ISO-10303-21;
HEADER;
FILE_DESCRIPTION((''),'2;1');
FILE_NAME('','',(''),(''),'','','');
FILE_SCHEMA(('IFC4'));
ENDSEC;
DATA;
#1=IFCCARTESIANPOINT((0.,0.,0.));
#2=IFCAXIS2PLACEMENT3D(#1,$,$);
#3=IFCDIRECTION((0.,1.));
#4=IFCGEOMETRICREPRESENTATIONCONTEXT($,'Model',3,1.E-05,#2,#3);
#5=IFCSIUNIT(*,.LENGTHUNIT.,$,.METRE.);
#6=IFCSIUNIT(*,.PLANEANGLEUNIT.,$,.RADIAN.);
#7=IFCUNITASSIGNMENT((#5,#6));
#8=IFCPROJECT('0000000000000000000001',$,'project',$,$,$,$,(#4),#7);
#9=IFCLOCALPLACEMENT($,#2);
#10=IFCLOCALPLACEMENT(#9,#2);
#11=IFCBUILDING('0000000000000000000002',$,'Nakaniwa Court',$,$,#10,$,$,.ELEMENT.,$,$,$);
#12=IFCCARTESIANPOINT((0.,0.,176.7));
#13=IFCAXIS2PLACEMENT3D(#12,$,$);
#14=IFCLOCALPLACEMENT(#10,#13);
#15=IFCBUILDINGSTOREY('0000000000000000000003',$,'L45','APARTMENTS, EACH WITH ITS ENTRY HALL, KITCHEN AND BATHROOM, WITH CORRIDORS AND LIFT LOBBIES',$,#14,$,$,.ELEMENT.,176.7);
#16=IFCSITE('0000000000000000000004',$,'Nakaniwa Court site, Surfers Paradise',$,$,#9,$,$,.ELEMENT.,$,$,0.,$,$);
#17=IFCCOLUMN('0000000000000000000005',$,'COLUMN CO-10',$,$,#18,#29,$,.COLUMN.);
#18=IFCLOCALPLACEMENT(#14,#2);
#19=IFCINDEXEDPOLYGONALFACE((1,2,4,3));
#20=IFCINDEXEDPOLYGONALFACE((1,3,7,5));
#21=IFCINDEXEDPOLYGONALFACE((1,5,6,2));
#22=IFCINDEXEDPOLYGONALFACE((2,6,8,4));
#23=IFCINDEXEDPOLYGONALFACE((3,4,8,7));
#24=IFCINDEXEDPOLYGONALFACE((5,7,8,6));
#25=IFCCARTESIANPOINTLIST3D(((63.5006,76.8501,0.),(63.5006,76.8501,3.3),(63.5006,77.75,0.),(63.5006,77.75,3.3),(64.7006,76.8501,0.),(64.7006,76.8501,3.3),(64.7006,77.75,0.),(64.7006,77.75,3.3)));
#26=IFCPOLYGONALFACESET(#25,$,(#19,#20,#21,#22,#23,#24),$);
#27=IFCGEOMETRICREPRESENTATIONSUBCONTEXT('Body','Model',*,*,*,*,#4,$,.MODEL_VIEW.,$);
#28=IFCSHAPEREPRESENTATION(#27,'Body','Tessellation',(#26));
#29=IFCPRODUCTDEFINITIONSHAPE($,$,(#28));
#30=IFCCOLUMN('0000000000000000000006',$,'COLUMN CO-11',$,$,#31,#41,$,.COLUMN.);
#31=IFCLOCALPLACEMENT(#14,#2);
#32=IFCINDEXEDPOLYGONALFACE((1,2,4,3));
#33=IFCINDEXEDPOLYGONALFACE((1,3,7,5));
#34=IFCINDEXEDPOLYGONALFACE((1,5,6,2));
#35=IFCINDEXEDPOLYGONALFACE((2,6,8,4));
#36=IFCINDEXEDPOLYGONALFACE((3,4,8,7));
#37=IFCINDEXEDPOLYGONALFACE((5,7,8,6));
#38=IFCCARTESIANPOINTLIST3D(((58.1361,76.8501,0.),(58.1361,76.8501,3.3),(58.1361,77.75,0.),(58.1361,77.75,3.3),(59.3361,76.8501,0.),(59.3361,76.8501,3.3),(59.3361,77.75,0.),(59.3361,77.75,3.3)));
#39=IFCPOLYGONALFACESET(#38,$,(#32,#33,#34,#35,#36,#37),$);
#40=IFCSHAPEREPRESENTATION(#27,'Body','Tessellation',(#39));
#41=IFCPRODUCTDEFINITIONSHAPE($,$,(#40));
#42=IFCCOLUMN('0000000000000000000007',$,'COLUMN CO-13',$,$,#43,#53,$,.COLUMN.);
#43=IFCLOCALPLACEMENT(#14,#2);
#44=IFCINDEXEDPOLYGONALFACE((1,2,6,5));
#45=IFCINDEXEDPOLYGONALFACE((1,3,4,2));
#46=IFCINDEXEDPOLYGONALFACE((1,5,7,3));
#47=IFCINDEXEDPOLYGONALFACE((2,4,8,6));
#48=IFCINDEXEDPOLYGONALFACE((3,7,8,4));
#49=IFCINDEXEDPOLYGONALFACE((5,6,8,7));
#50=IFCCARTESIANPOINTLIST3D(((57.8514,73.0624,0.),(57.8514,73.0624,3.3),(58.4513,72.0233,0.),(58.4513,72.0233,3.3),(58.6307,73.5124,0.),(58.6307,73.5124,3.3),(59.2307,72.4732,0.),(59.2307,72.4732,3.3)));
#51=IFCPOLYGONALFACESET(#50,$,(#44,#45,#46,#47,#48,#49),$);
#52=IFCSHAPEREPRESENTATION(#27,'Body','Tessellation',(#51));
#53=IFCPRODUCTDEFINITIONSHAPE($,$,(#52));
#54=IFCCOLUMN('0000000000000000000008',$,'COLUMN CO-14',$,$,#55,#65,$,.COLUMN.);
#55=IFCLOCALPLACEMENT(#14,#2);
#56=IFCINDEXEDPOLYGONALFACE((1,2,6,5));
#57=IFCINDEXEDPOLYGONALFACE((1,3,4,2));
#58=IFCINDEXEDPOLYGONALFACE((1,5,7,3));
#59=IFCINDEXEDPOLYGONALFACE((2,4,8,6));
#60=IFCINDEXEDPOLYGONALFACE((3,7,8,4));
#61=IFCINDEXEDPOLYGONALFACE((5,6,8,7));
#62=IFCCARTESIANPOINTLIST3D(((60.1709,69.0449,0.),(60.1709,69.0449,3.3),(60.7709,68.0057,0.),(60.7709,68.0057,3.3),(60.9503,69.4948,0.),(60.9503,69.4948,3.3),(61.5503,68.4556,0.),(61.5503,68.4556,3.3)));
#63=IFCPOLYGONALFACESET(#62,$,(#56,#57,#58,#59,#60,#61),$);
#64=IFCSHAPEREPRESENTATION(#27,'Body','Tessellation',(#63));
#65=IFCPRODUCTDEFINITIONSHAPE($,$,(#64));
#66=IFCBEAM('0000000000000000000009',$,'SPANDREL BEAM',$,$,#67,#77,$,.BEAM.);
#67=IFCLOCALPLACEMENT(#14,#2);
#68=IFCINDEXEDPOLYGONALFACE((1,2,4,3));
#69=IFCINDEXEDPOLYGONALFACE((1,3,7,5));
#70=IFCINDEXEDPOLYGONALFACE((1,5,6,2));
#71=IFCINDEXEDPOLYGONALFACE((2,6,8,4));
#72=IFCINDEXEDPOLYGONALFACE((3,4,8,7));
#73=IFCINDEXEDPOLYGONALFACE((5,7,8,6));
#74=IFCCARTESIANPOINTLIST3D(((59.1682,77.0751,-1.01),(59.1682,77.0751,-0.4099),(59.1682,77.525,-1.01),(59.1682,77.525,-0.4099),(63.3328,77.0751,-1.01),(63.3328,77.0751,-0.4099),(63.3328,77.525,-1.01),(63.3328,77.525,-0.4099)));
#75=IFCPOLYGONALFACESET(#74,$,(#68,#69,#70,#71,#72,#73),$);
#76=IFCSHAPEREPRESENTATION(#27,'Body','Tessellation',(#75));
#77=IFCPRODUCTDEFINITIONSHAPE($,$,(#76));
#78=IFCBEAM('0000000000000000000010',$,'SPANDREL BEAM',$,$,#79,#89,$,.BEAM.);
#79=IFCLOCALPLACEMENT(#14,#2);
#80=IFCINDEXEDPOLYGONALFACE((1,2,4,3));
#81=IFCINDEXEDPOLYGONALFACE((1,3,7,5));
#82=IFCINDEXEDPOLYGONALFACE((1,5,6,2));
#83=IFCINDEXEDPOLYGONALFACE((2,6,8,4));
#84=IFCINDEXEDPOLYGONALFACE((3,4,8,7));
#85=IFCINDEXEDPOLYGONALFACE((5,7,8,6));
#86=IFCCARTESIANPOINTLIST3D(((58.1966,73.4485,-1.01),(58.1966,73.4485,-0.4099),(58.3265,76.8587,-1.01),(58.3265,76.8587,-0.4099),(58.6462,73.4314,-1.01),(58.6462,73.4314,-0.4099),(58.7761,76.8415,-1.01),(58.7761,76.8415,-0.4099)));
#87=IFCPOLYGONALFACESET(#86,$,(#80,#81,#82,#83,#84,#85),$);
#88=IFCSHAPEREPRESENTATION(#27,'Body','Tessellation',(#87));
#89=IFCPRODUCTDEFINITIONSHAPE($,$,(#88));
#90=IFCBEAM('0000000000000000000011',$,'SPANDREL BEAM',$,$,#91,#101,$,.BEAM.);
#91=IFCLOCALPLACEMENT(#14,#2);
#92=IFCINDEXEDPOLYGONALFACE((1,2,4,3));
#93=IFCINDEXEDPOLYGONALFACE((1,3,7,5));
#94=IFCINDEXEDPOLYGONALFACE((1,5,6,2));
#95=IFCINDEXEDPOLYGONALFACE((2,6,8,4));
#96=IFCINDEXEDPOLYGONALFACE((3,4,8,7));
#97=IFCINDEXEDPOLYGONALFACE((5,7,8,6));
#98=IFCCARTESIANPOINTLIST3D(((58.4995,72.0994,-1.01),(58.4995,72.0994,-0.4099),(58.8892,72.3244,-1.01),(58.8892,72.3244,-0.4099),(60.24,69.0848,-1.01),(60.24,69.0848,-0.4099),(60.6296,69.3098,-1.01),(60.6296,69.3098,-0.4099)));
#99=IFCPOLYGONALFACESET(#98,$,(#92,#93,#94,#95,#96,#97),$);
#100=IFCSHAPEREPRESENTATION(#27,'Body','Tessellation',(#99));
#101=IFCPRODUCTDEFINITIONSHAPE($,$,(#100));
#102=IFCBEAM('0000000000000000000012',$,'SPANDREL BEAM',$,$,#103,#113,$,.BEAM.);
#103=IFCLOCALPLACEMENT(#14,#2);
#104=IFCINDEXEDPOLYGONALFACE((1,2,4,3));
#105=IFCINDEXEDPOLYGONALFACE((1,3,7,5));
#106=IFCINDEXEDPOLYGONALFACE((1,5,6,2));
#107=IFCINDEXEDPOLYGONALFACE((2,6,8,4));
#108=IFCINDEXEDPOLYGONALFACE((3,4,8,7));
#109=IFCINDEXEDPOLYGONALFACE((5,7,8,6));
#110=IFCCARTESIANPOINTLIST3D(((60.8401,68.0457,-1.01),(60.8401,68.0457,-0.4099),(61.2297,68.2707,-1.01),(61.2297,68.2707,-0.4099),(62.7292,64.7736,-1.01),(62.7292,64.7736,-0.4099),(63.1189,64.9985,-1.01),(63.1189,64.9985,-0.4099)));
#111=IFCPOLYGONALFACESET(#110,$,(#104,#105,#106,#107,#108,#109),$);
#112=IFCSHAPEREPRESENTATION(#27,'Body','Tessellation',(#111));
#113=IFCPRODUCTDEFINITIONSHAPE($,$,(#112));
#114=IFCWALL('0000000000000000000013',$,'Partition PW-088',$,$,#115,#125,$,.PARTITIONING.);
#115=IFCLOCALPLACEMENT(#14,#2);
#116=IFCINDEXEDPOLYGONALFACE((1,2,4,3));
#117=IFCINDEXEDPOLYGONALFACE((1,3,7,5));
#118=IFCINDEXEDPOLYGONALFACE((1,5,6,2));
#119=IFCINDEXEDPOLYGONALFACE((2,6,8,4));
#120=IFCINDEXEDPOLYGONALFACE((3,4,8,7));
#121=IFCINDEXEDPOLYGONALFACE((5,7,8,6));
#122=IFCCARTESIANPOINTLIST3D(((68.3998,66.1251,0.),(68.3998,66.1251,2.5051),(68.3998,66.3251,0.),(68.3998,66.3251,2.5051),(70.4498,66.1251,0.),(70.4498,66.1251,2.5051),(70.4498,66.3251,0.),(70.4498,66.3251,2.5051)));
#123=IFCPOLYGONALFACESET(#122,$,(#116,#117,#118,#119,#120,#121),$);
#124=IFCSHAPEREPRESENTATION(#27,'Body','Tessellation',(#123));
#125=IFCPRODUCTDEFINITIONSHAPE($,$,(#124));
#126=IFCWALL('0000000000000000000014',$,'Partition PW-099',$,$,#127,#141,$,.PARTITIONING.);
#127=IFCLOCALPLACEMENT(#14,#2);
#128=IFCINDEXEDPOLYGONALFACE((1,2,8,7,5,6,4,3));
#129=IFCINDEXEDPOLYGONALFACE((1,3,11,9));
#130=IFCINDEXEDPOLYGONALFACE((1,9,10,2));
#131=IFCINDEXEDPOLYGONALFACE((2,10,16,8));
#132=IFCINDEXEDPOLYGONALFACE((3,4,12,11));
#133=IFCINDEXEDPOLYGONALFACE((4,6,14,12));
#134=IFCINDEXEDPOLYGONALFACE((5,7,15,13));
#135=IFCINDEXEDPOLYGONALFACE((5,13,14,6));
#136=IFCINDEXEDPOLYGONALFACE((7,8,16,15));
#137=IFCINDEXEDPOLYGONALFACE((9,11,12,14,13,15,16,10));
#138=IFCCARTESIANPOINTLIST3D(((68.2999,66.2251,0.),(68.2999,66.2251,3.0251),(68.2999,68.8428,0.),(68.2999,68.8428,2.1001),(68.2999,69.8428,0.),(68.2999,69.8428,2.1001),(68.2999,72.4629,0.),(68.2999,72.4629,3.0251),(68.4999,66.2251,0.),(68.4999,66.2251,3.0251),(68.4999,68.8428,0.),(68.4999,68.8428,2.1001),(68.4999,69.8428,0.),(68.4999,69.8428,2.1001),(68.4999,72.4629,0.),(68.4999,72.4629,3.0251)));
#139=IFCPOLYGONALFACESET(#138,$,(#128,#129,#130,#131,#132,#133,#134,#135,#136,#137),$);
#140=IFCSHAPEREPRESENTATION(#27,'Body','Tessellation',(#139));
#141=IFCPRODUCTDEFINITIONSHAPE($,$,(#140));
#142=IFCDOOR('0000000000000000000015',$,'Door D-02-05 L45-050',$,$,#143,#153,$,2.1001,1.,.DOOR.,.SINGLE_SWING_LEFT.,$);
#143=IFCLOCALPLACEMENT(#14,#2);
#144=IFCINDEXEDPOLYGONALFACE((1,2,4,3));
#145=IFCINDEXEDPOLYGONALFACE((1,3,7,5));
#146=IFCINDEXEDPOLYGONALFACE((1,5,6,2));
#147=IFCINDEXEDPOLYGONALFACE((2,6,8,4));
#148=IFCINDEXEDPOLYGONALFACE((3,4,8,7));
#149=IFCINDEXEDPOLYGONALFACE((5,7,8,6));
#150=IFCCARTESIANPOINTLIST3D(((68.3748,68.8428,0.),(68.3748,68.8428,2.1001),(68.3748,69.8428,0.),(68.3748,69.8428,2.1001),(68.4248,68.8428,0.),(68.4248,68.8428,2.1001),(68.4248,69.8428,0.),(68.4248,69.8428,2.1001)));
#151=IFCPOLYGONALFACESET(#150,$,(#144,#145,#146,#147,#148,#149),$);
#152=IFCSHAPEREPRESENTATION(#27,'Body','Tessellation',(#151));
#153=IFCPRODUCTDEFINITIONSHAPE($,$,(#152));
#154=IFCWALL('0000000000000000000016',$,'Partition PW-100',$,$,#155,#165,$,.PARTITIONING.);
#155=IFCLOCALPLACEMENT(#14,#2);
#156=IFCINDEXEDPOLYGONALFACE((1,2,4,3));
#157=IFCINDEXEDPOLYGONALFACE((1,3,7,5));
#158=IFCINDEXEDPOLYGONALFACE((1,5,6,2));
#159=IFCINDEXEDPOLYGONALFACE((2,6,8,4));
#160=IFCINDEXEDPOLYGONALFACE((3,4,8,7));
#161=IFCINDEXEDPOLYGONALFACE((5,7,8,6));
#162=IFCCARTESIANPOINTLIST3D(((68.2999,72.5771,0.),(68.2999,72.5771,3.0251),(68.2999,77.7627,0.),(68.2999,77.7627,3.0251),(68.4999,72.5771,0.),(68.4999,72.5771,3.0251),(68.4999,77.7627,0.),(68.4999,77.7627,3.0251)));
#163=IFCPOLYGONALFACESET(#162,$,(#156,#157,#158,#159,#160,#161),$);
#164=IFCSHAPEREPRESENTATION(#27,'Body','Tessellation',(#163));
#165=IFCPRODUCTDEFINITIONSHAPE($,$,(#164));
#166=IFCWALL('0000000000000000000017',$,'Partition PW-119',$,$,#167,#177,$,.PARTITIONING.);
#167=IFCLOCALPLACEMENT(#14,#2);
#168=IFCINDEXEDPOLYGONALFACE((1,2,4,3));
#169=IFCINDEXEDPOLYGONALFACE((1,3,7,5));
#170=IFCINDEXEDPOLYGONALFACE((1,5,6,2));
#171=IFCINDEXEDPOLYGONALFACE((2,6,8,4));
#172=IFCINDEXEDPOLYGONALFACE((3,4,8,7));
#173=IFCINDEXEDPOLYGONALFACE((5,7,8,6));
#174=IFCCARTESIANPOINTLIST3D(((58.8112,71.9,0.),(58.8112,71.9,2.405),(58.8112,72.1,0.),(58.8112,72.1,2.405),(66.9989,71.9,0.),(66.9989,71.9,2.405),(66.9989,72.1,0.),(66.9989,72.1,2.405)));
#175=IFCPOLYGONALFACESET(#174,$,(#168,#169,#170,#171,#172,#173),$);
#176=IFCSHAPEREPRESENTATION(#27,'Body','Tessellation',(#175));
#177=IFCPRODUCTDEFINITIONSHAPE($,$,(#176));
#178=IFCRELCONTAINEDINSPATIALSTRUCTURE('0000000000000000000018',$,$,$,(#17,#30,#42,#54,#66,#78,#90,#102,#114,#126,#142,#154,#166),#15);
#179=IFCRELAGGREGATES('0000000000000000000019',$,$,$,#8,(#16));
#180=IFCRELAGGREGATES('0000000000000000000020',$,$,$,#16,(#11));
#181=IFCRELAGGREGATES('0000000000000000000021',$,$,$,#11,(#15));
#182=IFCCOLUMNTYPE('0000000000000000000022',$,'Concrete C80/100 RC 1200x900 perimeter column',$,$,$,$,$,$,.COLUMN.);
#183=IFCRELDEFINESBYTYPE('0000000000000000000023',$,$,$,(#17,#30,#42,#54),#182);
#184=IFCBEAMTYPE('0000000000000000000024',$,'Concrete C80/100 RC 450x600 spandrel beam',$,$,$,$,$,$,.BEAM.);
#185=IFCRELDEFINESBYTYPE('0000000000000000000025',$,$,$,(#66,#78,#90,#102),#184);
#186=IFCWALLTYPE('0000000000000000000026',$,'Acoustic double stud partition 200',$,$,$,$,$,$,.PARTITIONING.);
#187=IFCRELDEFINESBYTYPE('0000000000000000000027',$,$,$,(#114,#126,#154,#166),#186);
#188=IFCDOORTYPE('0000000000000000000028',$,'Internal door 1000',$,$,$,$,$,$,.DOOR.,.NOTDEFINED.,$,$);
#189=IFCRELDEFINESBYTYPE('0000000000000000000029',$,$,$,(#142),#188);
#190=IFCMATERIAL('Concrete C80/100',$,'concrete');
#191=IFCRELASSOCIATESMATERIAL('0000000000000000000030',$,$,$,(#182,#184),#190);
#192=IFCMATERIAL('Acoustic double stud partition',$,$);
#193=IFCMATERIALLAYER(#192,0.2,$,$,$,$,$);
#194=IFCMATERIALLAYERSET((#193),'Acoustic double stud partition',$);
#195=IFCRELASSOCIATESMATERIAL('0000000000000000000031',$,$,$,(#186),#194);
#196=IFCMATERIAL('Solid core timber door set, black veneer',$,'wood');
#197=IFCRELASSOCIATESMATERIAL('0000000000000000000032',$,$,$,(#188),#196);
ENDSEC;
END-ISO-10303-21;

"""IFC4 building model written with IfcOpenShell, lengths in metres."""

from ifc_helpers import new_model, si_unit, direction, frame, frame_2d, origin, origin_2d, place, context, subcontext, project, spatial, rectangle, extrude, material, layer, layer_set, material_profile, profile_set, type_object, element, fill, save


model = new_model("IFC4")

# Units and contexts
model_context = context("Model", 3, precision=1e-05, world=origin(), true_north=direction((0.0, 1.0)))
body_context = subcontext(model_context, "Body", "Model", "MODEL_VIEW")
ifc_project = project(units=[si_unit("LENGTHUNIT", "METRE"), si_unit("PLANEANGLEUNIT", "RADIAN")], contexts=[model_context])

# Site, building, storey
site_placement = place(None, origin())
site = spatial("IfcSite", under=ifc_project, at=site_placement, Name="Nakaniwa Court site, Surfers Paradise", CompositionType="ELEMENT", RefElevation=0.0)
building_placement = place(site_placement, origin())
building = spatial("IfcBuilding", under=site, at=building_placement, Name="Nakaniwa Court", CompositionType="ELEMENT")
storey_placement = place(building_placement, frame((0.0, 0.0, 176.7)))
storey = spatial("IfcBuildingStorey", under=building, at=storey_placement, Name="L45", Description="APARTMENTS, EACH WITH ITS ENTRY HALL, KITCHEN AND BATHROOM, WITH CORRIDORS AND LIFT LOBBIES", CompositionType="ELEMENT", Elevation=176.7)

# Columns
ifc_material_1 = material(Name="Concrete C80/100", Category="concrete")
ifc_material_profile_1 = material_profile(ifc_material_1, rectangle(XDim=1.2, YDim=0.8999, at=origin_2d()), Name="Concrete C80/100 RC 1200x900 perimeter column")
ifc_profile_set_1 = profile_set([ifc_material_profile_1], Name="Concrete C80/100")
column_type = type_object("IfcColumnType", Name="Concrete C80/100 RC 1200x900 perimeter column", PredefinedType="COLUMN", material=ifc_profile_set_1)
for number, where, z_axis, x_axis, name in (
    (1, (64.1006, 77.3, 0.0), (0.0, 0.0, 1.0), (-1.0, 0.0, 0.0), "COLUMN CO-10"),
    (2, (58.7361, 77.3, 0.0), (0.0, 0.0, 1.0), (-1.0, 0.0, 0.0), "COLUMN CO-11"),
    (3, (58.541, 72.7678, 0.0), (0.0, 0.0, 1.0), (0.5, -0.866025, 0.0), "COLUMN CO-13"),
    (4, (60.8606, 68.7502, 0.0), (0.0, 0.0, 1.0), (0.5, -0.866025, 0.0), "COLUMN CO-14"),
):
    element("IfcColumn", number, at=place(storey_placement, frame(where, z_axis=z_axis, x_axis=x_axis)), inside=storey, type_object=column_type, Name=name, PredefinedType="COLUMN", context=body_context, shape_type="SweptSolid", body=[
        extrude(rectangle(XDim=1.2, YDim=0.8999, at=origin_2d()), origin(), (0.0, 0.0, 1.0), 3.3),
    ])

# Beams
ifc_material_profile_2 = material_profile(ifc_material_1, rectangle(XDim=0.45, YDim=0.6001, at=origin_2d()), Name="Concrete C80/100 RC 450x600 spandrel beam")
ifc_profile_set_2 = profile_set([ifc_material_profile_2], Name="Concrete C80/100")
beam_type = type_object("IfcBeamType", Name="Concrete C80/100 RC 450x600 spandrel beam", PredefinedType="BEAM", material=ifc_profile_set_2)
beam_1_placement = place(storey_placement, frame((63.3328, 77.3, -0.71), z_axis=(-1.0, 0.0, 0.0), x_axis=(0.0, -1.0, 0.0)))
element("IfcBeam", 5, at=beam_1_placement, inside=storey, type_object=beam_type, Name="SPANDREL BEAM", PredefinedType="BEAM", context=body_context, shape_type="SweptSolid", body=[
    extrude(rectangle(XDim=0.45, YDim=0.6001, at=origin_2d()), origin(), (0.0, 0.0, 1.0), 4.1646),
])
beam_2_placement = place(storey_placement, frame((58.5513, 76.8501, -0.71), z_axis=(-0.038059, -0.999275, 0.0), x_axis=(0.999275, -0.038059, 0.0)))
element("IfcBeam", 6, at=beam_2_placement, inside=storey, type_object=beam_type, Name="SPANDREL BEAM", PredefinedType="BEAM", context=body_context, shape_type="SweptSolid", body=[
    extrude(rectangle(XDim=0.45, YDim=0.6001, at=origin_2d()), origin(), (0.0, 0.0, 1.0), 3.4126),
])
beam_3_placement = place(storey_placement, frame((58.6943, 72.2119, -0.71), z_axis=(0.499994, -0.866029, 0.0), x_axis=(0.866029, 0.499994, 0.0)))
element("IfcBeam", 7, at=beam_3_placement, inside=storey, type_object=beam_type, Name="SPANDREL BEAM", PredefinedType="BEAM", context=body_context, shape_type="SweptSolid", body=[
    extrude(rectangle(XDim=0.45, YDim=0.6001, at=origin_2d()), origin(), (0.0, 0.0, 1.0), 3.481),
])
beam_4_placement = place(storey_placement, frame((61.0349, 68.1582, -0.71), z_axis=(0.499989, -0.866032, 0.0), x_axis=(0.866032, 0.499989, 0.0)))
element("IfcBeam", 8, at=beam_4_placement, inside=storey, type_object=beam_type, Name="SPANDREL BEAM", PredefinedType="BEAM", context=body_context, shape_type="SweptSolid", body=[
    extrude(rectangle(XDim=0.45, YDim=0.6001, at=origin_2d()), origin(), (0.0, 0.0, 1.0), 3.7783),
])

# Wall
ifc_material_2 = material(Name="Acoustic double stud partition")
ifc_layer_1 = layer(ifc_material_2, 0.2)
ifc_layer_set_1 = layer_set([ifc_layer_1], Name="Acoustic double stud partition")
wall_type_1 = type_object("IfcWallType", Name="Acoustic double stud partition 200", PredefinedType="PARTITIONING", material=ifc_layer_set_1)
wall_1_placement = place(storey_placement, frame((68.3999, 66.2251, 0.0), z_axis=(0.0, 0.0, 1.0), x_axis=(1.0, 0.0, 0.0)))
element("IfcWall", 9, at=wall_1_placement, inside=storey, type_object=wall_type_1, Name="Partition PW-088", PredefinedType="PARTITIONING", context=body_context, shape_type="SweptSolid", body=[
    extrude(rectangle(XDim=2.05, YDim=0.2, at=frame_2d((1.0249, 0.0))), origin(), (0.0, 0.0, 1.0), 2.5051),
])

# Wall, opening, door
wall_2_placement = place(storey_placement, frame((68.3999, 72.4629, 0.0), z_axis=(0.0, 0.0, 1.0), x_axis=(0.0, -1.0, 0.0)))
wall_2 = element("IfcWall", 10, at=wall_2_placement, inside=storey, type_object=wall_type_1, Name="Partition PW-099", PredefinedType="PARTITIONING", context=body_context, shape_type="SweptSolid", body=[
    extrude(rectangle(XDim=6.2378, YDim=0.2, at=frame_2d((3.1189, 0.0))), origin(), (0.0, 0.0, 1.0), 3.0251),
])
opening_1_placement = place(wall_2_placement, frame((2.6201, 0.0, 0.0)))
opening_1 = element("IfcOpeningElement", 11, at=opening_1_placement, cuts=wall_2, PredefinedType="OPENING", context=body_context, shape_type="SweptSolid", body=[
    extrude(rectangle(XDim=1.0, YDim=2.1001, at=frame_2d((0.5, 1.05))), frame((0.0, 0.1099, 0.0), z_axis=(0.0, -1.0, 0.0), x_axis=(1.0, 0.0, 0.0)), (0.0, 0.0, 1.0), 0.22),
])
ifc_material_3 = material(Name="Solid core timber door set, black veneer", Category="wood")
door_type_1 = type_object("IfcDoorType", Name="Internal door 1000", OperationType="NOTDEFINED", PredefinedType="DOOR", material=ifc_material_3)
door_1_placement = place(opening_1_placement, origin())
door_1 = element("IfcDoor", 12, at=door_1_placement, inside=storey, type_object=door_type_1, Name="Door D-02-05 L45-050", OperationType="SINGLE_SWING_LEFT", OverallHeight=2.1001, OverallWidth=1.0, PredefinedType="DOOR", context=body_context, shape_type="SweptSolid", body=[
    extrude(rectangle(XDim=1.0, YDim=2.1001, at=frame_2d((0.5, 1.05))), frame((0.0, 0.0249, 0.0), z_axis=(0.0, -1.0, 0.0), x_axis=(1.0, 0.0, 0.0)), (0.0, 0.0, 1.0), 0.05),
])
fill(opening_1, door_1)

# Walls
wall_3_placement = place(storey_placement, frame((68.3999, 72.5771, 0.0), z_axis=(0.0, 0.0, 1.0), x_axis=(0.0, 1.0, 0.0)))
element("IfcWall", 13, at=wall_3_placement, inside=storey, type_object=wall_type_1, Name="Partition PW-100", PredefinedType="PARTITIONING", context=body_context, shape_type="SweptSolid", body=[
    extrude(rectangle(XDim=5.1855, YDim=0.2, at=frame_2d((2.5928, 0.0))), origin(), (0.0, 0.0, 1.0), 3.0251),
])
wall_4_placement = place(storey_placement, frame((58.8113, 72.0, 0.0), z_axis=(0.0, 0.0, 1.0), x_axis=(1.0, 0.0, 0.0)))
element("IfcWall", 14, at=wall_4_placement, inside=storey, type_object=wall_type_1, Name="Partition PW-119", PredefinedType="PARTITIONING", context=body_context, shape_type="SweptSolid", body=[
    extrude(rectangle(XDim=8.1877, YDim=0.2, at=frame_2d((4.0938, 0.0))), origin(), (0.0, 0.0, 1.0), 2.405),
])

save(model, "model.ifc")
